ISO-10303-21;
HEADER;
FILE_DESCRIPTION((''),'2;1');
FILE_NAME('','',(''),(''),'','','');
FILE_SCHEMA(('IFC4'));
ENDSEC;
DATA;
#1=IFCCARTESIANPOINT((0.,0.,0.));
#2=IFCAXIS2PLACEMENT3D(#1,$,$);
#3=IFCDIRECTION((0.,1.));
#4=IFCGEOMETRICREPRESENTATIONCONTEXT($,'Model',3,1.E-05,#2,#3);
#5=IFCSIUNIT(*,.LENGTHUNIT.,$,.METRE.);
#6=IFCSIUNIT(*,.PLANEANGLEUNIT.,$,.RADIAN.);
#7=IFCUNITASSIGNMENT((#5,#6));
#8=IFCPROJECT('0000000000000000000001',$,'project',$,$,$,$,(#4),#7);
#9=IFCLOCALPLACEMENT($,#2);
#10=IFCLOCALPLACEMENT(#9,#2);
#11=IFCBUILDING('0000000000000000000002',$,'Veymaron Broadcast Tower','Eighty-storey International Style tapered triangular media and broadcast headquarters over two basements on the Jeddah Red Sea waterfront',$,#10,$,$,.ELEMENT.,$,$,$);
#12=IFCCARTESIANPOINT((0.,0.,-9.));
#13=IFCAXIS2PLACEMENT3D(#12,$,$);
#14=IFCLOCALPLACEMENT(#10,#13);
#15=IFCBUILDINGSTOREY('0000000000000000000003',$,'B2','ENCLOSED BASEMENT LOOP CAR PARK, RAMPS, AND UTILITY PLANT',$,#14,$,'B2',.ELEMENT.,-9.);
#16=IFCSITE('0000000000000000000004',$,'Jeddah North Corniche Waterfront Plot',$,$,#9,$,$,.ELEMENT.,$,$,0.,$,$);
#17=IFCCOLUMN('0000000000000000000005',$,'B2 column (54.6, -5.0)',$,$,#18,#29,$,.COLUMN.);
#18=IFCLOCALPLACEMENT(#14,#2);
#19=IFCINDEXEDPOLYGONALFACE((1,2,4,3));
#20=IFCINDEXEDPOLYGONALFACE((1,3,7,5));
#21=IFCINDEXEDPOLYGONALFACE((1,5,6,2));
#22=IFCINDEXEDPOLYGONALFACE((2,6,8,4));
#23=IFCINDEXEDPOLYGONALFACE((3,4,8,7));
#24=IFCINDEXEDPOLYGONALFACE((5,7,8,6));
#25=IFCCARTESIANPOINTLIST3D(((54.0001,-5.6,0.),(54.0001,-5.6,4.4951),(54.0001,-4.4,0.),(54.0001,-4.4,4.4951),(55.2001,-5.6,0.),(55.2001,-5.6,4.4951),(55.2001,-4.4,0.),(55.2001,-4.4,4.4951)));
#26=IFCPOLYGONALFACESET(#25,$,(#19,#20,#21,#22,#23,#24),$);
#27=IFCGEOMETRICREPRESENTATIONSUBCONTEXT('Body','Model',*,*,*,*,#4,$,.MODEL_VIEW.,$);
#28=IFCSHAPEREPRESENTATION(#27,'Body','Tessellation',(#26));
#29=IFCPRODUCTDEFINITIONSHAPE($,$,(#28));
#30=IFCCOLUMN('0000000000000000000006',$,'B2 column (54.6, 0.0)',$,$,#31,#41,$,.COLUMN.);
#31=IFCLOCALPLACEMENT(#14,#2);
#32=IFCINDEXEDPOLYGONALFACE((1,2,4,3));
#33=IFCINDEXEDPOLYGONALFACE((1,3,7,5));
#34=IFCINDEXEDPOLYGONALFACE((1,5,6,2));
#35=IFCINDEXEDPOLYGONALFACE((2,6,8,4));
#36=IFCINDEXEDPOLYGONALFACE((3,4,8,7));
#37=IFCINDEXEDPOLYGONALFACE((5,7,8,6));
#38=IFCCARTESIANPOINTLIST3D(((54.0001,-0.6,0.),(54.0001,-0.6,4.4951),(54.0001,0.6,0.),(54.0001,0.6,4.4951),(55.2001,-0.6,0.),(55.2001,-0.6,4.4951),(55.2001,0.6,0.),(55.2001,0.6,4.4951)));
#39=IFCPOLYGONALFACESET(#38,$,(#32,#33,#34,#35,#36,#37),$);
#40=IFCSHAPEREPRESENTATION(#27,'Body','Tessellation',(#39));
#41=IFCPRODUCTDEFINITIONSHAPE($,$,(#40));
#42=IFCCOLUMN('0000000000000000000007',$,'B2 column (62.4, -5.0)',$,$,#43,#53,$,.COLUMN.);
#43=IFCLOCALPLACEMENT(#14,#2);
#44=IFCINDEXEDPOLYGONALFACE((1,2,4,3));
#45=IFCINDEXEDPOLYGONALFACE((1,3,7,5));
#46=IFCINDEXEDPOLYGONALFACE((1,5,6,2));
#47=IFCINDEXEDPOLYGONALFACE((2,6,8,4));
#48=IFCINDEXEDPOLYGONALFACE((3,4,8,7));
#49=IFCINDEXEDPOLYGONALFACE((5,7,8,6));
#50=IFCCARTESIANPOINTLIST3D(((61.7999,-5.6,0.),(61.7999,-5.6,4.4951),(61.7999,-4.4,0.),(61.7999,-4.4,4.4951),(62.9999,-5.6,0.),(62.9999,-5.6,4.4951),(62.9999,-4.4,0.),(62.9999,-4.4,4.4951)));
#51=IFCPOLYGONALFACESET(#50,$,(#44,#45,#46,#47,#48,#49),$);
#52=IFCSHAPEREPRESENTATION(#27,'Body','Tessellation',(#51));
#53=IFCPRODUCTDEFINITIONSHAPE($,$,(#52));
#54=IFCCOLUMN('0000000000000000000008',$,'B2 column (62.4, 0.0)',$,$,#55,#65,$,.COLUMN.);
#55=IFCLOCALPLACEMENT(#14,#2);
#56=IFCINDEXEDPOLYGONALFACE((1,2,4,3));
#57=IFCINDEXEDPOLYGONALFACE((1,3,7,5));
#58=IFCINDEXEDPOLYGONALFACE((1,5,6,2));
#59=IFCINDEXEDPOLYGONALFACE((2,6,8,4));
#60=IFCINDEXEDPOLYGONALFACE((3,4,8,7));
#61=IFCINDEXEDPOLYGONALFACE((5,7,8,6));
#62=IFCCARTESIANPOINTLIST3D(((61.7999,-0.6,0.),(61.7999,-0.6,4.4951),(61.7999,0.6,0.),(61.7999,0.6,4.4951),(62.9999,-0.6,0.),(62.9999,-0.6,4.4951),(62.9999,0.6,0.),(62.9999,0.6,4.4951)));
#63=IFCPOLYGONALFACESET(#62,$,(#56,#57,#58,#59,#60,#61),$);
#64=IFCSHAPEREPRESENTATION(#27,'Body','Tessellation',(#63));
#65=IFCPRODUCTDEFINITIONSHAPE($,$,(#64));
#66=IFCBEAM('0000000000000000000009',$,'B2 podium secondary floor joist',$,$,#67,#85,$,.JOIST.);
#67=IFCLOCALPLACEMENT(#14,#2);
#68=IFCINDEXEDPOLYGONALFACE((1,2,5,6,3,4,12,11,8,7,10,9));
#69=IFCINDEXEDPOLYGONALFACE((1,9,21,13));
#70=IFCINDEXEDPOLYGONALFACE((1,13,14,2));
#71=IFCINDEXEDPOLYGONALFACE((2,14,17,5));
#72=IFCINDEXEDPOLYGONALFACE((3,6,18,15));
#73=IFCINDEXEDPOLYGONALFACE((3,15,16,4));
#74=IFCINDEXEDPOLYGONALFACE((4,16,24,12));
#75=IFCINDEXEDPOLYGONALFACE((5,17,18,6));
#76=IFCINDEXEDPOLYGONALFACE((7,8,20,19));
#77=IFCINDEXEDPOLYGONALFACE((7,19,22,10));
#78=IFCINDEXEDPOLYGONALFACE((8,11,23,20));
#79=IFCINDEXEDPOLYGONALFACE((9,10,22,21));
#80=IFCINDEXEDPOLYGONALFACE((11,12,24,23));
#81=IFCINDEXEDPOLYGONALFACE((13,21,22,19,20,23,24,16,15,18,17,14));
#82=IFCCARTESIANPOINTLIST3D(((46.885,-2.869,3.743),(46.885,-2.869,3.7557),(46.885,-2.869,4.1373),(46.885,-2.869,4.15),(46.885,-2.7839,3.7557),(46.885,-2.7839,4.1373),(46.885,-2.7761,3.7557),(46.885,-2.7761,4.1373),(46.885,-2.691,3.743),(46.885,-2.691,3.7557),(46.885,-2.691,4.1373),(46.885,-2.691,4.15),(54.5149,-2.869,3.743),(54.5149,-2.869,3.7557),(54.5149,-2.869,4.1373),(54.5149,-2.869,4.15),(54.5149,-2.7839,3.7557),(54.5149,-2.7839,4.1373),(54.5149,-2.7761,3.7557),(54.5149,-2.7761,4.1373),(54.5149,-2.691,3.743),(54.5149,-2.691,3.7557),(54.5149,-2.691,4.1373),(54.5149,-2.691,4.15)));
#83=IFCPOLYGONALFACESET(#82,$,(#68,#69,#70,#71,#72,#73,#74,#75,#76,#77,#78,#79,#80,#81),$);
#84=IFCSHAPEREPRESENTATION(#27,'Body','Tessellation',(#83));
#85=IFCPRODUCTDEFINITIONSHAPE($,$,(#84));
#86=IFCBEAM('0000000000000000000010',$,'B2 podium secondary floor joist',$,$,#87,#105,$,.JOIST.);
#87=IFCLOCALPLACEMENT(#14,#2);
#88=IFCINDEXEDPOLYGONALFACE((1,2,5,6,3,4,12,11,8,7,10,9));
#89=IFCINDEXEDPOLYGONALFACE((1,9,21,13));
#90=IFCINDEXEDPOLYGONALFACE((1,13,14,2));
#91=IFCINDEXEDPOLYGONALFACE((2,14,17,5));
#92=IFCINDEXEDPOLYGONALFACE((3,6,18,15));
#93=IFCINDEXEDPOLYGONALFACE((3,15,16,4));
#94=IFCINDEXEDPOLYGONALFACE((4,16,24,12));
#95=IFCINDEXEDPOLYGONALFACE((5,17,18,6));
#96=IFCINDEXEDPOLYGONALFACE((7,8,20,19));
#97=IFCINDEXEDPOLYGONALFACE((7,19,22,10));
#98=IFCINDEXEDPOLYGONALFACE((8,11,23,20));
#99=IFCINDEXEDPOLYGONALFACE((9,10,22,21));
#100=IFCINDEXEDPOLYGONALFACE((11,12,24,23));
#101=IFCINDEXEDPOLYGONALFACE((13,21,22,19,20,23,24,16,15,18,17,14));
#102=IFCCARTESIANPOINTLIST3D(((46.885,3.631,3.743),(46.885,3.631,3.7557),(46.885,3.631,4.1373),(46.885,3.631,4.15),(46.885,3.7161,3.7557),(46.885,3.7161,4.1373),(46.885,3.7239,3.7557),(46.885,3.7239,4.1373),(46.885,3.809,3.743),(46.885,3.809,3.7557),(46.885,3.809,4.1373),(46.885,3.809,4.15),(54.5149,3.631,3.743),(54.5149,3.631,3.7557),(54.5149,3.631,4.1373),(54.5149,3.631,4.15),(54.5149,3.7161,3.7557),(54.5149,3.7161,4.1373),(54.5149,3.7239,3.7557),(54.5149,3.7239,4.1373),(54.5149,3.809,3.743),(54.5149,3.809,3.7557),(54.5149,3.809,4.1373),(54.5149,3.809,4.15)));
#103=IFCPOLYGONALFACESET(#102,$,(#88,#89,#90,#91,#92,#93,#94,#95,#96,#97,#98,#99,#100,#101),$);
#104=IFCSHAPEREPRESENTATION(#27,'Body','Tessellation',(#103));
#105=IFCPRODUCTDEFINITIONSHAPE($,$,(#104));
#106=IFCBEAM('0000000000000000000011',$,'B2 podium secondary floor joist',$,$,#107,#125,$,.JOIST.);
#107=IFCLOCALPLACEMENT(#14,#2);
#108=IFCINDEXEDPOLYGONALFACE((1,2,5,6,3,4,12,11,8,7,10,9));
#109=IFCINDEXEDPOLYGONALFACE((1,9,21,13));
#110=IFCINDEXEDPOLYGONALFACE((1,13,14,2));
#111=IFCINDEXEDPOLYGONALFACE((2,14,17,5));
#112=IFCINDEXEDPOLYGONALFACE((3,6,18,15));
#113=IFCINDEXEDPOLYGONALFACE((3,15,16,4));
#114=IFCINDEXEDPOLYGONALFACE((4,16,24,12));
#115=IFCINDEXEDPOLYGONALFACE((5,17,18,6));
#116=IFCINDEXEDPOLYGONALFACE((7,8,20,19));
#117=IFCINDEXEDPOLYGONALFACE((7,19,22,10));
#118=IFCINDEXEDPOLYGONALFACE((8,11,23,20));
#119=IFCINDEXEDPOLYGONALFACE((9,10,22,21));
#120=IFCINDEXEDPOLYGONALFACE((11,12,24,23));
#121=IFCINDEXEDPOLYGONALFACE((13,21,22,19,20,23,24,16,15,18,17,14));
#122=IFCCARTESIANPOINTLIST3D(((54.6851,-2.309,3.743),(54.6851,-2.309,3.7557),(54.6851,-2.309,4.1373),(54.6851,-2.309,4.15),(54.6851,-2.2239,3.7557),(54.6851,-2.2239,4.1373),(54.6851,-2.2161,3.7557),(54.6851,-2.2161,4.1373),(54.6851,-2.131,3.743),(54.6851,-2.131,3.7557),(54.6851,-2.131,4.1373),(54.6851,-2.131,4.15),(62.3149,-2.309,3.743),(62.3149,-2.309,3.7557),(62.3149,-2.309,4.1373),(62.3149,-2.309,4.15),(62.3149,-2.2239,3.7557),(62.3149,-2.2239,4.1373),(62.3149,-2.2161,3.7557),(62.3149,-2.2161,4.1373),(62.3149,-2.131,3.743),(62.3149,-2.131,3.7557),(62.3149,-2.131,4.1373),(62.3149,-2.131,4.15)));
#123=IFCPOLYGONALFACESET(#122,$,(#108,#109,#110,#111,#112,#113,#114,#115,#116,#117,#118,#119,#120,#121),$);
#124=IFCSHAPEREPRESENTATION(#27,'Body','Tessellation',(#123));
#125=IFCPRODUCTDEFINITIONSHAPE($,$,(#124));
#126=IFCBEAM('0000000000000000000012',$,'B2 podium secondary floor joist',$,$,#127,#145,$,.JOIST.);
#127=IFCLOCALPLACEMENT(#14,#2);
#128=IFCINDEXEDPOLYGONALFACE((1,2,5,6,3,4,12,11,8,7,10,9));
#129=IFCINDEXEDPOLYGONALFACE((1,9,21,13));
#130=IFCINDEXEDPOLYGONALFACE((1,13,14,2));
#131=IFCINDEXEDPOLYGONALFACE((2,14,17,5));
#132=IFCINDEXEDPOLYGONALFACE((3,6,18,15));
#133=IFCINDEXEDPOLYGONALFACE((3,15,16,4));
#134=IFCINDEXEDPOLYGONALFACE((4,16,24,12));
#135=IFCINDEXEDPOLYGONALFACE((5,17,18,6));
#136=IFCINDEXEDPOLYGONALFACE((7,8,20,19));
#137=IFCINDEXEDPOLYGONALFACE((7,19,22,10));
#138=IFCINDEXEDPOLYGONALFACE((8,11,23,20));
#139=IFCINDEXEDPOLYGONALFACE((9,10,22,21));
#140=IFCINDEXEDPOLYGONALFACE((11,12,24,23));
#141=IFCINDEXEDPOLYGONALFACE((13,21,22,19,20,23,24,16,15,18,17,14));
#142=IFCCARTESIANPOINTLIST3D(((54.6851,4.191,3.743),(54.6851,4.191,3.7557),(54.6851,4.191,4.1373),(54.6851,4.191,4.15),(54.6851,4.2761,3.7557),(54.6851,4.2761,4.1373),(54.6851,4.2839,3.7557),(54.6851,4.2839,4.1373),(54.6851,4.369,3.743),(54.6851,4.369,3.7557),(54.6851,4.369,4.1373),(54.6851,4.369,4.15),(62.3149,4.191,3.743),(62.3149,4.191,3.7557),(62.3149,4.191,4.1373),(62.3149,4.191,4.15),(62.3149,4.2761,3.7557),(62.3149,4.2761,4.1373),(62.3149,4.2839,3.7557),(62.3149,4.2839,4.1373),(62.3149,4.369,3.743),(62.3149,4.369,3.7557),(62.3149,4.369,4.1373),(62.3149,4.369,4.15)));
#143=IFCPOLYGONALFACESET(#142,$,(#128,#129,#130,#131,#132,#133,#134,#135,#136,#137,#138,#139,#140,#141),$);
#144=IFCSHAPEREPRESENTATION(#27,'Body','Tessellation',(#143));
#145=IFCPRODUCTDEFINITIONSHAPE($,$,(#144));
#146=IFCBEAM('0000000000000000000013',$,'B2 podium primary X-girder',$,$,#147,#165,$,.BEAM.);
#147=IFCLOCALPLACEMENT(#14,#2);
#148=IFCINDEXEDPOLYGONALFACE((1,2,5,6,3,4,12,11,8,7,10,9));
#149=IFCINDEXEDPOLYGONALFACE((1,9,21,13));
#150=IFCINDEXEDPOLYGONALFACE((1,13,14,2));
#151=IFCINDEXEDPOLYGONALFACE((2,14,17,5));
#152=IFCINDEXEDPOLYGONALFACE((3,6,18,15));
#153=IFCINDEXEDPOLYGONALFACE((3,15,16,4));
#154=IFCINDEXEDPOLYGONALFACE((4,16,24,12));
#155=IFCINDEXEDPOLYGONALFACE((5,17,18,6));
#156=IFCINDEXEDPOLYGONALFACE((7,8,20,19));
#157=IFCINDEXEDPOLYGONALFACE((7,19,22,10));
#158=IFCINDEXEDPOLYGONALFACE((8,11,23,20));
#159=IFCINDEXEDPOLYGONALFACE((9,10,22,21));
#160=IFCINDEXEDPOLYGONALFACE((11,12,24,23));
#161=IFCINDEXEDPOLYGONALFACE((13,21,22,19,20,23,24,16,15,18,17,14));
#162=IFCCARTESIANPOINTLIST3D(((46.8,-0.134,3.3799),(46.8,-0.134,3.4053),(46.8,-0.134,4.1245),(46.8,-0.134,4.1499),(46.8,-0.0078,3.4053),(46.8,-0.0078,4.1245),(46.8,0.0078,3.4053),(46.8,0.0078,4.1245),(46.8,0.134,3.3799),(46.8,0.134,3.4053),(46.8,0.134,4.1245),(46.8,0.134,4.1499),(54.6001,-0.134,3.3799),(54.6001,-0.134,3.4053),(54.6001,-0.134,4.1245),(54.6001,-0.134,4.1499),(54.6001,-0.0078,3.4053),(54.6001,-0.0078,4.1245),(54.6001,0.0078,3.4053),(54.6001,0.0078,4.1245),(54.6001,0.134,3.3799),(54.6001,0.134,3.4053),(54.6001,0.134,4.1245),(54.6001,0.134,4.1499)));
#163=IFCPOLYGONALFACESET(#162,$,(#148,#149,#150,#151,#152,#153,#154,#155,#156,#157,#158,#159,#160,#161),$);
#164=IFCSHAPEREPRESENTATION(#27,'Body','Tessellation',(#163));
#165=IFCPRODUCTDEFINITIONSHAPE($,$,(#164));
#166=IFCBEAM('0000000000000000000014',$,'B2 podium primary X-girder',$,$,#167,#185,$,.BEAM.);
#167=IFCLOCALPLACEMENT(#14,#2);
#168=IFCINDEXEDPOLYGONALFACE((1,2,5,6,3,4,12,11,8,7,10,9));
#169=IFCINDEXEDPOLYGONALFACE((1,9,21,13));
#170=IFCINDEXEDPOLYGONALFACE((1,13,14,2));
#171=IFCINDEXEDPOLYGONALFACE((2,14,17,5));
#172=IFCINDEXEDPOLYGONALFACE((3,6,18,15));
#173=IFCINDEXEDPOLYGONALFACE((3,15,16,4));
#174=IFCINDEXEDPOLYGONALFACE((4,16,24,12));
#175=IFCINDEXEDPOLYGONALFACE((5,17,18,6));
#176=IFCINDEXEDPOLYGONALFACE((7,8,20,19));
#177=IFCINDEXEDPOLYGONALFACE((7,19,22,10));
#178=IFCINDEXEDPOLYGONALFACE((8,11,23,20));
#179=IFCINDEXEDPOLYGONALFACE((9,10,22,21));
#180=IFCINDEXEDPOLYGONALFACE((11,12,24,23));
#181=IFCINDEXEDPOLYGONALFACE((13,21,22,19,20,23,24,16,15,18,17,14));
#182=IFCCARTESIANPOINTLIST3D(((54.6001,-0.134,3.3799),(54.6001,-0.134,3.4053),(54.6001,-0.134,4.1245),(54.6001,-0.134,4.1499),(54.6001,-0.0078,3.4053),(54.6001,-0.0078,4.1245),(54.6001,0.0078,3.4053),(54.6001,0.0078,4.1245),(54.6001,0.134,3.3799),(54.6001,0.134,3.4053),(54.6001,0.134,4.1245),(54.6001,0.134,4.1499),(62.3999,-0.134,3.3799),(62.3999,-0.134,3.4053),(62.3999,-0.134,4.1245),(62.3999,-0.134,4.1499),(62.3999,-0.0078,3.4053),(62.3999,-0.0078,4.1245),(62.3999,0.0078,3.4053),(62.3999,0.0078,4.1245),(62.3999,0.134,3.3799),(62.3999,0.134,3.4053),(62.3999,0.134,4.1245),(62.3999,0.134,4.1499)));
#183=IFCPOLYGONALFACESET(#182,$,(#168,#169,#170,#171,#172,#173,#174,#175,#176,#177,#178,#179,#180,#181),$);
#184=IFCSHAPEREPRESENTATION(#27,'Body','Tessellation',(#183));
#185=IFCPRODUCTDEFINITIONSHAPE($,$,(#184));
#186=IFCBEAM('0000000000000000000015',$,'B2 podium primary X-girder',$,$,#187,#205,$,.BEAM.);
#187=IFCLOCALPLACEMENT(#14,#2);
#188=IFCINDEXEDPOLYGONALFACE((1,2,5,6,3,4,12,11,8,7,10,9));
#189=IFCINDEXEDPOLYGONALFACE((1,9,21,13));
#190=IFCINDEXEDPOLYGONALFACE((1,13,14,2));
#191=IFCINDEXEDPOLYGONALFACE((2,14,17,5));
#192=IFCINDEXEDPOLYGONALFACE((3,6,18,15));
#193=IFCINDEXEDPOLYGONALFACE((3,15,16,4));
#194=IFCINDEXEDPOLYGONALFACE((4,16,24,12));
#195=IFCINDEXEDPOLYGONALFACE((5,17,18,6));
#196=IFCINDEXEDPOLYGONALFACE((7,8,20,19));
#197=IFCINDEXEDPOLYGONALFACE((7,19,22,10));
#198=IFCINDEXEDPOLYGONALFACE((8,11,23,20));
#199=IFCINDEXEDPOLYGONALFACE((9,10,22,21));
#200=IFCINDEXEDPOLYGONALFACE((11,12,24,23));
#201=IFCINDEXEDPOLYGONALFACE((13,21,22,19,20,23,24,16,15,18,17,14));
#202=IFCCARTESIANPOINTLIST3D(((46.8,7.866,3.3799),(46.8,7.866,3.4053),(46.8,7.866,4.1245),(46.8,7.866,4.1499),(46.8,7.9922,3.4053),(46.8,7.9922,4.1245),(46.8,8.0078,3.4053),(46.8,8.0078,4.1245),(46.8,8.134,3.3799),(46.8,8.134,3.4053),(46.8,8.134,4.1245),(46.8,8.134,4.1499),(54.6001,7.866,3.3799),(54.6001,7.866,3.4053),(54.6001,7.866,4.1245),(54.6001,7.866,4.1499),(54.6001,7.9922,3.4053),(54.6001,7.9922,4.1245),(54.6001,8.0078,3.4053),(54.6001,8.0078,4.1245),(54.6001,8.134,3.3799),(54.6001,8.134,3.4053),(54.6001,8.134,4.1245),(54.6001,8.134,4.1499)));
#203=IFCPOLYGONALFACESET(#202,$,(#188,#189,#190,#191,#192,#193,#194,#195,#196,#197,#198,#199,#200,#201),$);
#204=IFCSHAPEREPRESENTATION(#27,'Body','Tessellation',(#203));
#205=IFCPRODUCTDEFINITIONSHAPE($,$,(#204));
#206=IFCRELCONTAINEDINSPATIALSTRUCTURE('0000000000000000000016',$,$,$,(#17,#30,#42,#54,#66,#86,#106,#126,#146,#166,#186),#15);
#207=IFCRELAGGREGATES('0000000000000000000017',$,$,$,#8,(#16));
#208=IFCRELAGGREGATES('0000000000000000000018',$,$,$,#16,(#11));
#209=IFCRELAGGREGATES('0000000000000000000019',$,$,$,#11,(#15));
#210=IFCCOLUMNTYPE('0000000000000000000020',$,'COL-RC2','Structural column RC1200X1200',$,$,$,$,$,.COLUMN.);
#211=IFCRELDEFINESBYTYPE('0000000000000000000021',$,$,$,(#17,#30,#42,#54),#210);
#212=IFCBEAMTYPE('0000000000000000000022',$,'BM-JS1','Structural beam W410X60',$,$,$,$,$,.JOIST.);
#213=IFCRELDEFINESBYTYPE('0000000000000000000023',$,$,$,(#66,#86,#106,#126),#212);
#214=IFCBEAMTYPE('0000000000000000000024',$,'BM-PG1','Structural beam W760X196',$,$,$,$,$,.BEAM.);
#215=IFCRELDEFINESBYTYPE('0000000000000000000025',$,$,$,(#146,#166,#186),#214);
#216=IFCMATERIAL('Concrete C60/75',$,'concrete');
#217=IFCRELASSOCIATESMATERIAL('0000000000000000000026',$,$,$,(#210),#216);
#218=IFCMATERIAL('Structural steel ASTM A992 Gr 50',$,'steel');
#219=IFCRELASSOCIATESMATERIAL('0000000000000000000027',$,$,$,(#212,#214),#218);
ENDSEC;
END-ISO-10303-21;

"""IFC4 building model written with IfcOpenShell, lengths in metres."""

from ifc_helpers import new_model, si_unit, direction, frame, origin, origin_2d, place, context, subcontext, project, spatial, rectangle, i_section, extrude, material, material_profile, profile_set, type_object, element, save


model = new_model("IFC4")

# Units and contexts
model_context = context("Model", 3, precision=1e-05, world=origin(), true_north=direction((0.0, 1.0)))
body_context = subcontext(model_context, "Body", "Model", "MODEL_VIEW")
ifc_project = project(units=[si_unit("LENGTHUNIT", "METRE"), si_unit("PLANEANGLEUNIT", "RADIAN")], contexts=[model_context])

# Site, building, storey
site_placement = place(None, origin())
site = spatial("IfcSite", under=ifc_project, at=site_placement, Name="Jeddah North Corniche Waterfront Plot", CompositionType="ELEMENT", RefElevation=0.0)
building_placement = place(site_placement, origin())
building = spatial("IfcBuilding", under=site, at=building_placement, Name="Veymaron Broadcast Tower", Description="Eighty-storey International Style tapered triangular media and broadcast headquarters over two basements on the Jeddah Red Sea waterfront", CompositionType="ELEMENT")
storey_placement = place(building_placement, frame((0.0, 0.0, -9.0)))
storey = spatial("IfcBuildingStorey", under=building, at=storey_placement, Name="B2", Description="ENCLOSED BASEMENT LOOP CAR PARK, RAMPS, AND UTILITY PLANT", LongName="B2", CompositionType="ELEMENT", Elevation=-9.0)

# Columns
ifc_material_1 = material(Name="Concrete C60/75", Category="concrete")
ifc_material_profile_1 = material_profile(ifc_material_1, rectangle(XDim=1.2, YDim=1.2, at=origin_2d()), Name="RC1200X1200")
ifc_profile_set_1 = profile_set([ifc_material_profile_1], Name="Concrete C60/75")
column_type_1 = type_object("IfcColumnType", Name="COL-RC2", Description="Structural column RC1200X1200", PredefinedType="COLUMN", material=ifc_profile_set_1)
for number, where, z_axis, x_axis, name in (
    (1, (54.6001, -5.0, 0.0), (0.0, 0.0, 1.0), (1.0, 0.0, 0.0), "B2 column (54.6, -5.0)"),
    (2, (54.6001, 0.0, 0.0), (0.0, 0.0, 1.0), (1.0, 0.0, 0.0), "B2 column (54.6, 0.0)"),
    (3, (62.3999, -5.0, 0.0), (0.0, 0.0, 1.0), (1.0, 0.0, 0.0), "B2 column (62.4, -5.0)"),
    (4, (62.3999, 0.0, 0.0), (0.0, 0.0, 1.0), (1.0, 0.0, 0.0), "B2 column (62.4, 0.0)"),
):
    element("IfcColumn", number, at=place(storey_placement, frame(where, z_axis=z_axis, x_axis=x_axis)), inside=storey, type_object=column_type_1, Name=name, PredefinedType="COLUMN", context=body_context, shape_type="SweptSolid", body=[
        extrude(rectangle(XDim=1.2, YDim=1.2, at=origin_2d()), origin(), (0.0, 0.0, 1.0), 4.4951),
    ])

# Beams
ifc_material_2 = material(Name="Structural steel ASTM A992 Gr 50", Category="steel")
ifc_material_profile_2 = material_profile(ifc_material_2, i_section(OverallWidth=0.178, OverallDepth=0.407, WebThickness=0.0078, FlangeThickness=0.0127, at=origin_2d()), Name="W410X60")
ifc_profile_set_2 = profile_set([ifc_material_profile_2], Name="Structural steel ASTM A992 Gr 50")
beam_type_1 = type_object("IfcBeamType", Name="BM-JS1", Description="Structural beam W410X60", PredefinedType="JOIST", material=ifc_profile_set_2)
for number, where, z_axis, x_axis, name in (
    (5, (46.885, -2.78, 3.9465), (1.0, 0.0, 0.0), (0.0, 1.0, 0.0), "B2 podium secondary floor joist"),
    (6, (46.885, 3.72, 3.9465), (1.0, 0.0, 0.0), (0.0, 1.0, 0.0), "B2 podium secondary floor joist"),
    (7, (54.6851, -2.22, 3.9465), (1.0, 0.0, 0.0), (0.0, 1.0, 0.0), "B2 podium secondary floor joist"),
    (8, (54.6851, 4.28, 3.9465), (1.0, 0.0, 0.0), (0.0, 1.0, 0.0), "B2 podium secondary floor joist"),
):
    element("IfcBeam", number, at=place(storey_placement, frame(where, z_axis=z_axis, x_axis=x_axis)), inside=storey, type_object=beam_type_1, Name=name, PredefinedType="JOIST", context=body_context, shape_type="SweptSolid", body=[
        extrude(i_section(OverallWidth=0.178, OverallDepth=0.407, WebThickness=0.0078, FlangeThickness=0.0127, at=origin_2d()), origin(), (0.0, 0.0, 1.0), 7.6299),
    ])
ifc_material_profile_3 = material_profile(ifc_material_2, i_section(OverallWidth=0.2681, OverallDepth=0.77, WebThickness=0.0156, FlangeThickness=0.0254, at=origin_2d()), Name="W760X196")
ifc_profile_set_3 = profile_set([ifc_material_profile_3], Name="Structural steel ASTM A992 Gr 50")
beam_type_2 = type_object("IfcBeamType", Name="BM-PG1", Description="Structural beam W760X196", PredefinedType="BEAM", material=ifc_profile_set_3)
beam_1_placement = place(storey_placement, frame((46.8, 0.0, 3.7649), z_axis=(1.0, 0.0, 0.0), x_axis=(0.0, 1.0, 0.0)))
element("IfcBeam", 9, at=beam_1_placement, inside=storey, type_object=beam_type_2, Name="B2 podium primary X-girder", PredefinedType="BEAM", context=body_context, shape_type="SweptSolid", body=[
    extrude(i_section(OverallWidth=0.2681, OverallDepth=0.77, WebThickness=0.0156, FlangeThickness=0.0254, at=origin_2d()), origin(), (0.0, 0.0, 1.0), 7.8),
])
beam_2_placement = place(storey_placement, frame((54.6001, 0.0, 3.7649), z_axis=(1.0, 0.0, 0.0), x_axis=(0.0, 1.0, 0.0)))
element("IfcBeam", 10, at=beam_2_placement, inside=storey, type_object=beam_type_2, Name="B2 podium primary X-girder", PredefinedType="BEAM", context=body_context, shape_type="SweptSolid", body=[
    extrude(i_section(OverallWidth=0.2681, OverallDepth=0.77, WebThickness=0.0156, FlangeThickness=0.0254, at=origin_2d()), origin(), (0.0, 0.0, 1.0), 7.7998),
])
beam_3_placement = place(storey_placement, frame((46.8, 8.0, 3.7649), z_axis=(1.0, 0.0, 0.0), x_axis=(0.0, 1.0, 0.0)))
element("IfcBeam", 11, at=beam_3_placement, inside=storey, type_object=beam_type_2, Name="B2 podium primary X-girder", PredefinedType="BEAM", context=body_context, shape_type="SweptSolid", body=[
    extrude(i_section(OverallWidth=0.2681, OverallDepth=0.77, WebThickness=0.0156, FlangeThickness=0.0254, at=origin_2d()), origin(), (0.0, 0.0, 1.0), 7.8),
])

save(model, "model.ifc")
